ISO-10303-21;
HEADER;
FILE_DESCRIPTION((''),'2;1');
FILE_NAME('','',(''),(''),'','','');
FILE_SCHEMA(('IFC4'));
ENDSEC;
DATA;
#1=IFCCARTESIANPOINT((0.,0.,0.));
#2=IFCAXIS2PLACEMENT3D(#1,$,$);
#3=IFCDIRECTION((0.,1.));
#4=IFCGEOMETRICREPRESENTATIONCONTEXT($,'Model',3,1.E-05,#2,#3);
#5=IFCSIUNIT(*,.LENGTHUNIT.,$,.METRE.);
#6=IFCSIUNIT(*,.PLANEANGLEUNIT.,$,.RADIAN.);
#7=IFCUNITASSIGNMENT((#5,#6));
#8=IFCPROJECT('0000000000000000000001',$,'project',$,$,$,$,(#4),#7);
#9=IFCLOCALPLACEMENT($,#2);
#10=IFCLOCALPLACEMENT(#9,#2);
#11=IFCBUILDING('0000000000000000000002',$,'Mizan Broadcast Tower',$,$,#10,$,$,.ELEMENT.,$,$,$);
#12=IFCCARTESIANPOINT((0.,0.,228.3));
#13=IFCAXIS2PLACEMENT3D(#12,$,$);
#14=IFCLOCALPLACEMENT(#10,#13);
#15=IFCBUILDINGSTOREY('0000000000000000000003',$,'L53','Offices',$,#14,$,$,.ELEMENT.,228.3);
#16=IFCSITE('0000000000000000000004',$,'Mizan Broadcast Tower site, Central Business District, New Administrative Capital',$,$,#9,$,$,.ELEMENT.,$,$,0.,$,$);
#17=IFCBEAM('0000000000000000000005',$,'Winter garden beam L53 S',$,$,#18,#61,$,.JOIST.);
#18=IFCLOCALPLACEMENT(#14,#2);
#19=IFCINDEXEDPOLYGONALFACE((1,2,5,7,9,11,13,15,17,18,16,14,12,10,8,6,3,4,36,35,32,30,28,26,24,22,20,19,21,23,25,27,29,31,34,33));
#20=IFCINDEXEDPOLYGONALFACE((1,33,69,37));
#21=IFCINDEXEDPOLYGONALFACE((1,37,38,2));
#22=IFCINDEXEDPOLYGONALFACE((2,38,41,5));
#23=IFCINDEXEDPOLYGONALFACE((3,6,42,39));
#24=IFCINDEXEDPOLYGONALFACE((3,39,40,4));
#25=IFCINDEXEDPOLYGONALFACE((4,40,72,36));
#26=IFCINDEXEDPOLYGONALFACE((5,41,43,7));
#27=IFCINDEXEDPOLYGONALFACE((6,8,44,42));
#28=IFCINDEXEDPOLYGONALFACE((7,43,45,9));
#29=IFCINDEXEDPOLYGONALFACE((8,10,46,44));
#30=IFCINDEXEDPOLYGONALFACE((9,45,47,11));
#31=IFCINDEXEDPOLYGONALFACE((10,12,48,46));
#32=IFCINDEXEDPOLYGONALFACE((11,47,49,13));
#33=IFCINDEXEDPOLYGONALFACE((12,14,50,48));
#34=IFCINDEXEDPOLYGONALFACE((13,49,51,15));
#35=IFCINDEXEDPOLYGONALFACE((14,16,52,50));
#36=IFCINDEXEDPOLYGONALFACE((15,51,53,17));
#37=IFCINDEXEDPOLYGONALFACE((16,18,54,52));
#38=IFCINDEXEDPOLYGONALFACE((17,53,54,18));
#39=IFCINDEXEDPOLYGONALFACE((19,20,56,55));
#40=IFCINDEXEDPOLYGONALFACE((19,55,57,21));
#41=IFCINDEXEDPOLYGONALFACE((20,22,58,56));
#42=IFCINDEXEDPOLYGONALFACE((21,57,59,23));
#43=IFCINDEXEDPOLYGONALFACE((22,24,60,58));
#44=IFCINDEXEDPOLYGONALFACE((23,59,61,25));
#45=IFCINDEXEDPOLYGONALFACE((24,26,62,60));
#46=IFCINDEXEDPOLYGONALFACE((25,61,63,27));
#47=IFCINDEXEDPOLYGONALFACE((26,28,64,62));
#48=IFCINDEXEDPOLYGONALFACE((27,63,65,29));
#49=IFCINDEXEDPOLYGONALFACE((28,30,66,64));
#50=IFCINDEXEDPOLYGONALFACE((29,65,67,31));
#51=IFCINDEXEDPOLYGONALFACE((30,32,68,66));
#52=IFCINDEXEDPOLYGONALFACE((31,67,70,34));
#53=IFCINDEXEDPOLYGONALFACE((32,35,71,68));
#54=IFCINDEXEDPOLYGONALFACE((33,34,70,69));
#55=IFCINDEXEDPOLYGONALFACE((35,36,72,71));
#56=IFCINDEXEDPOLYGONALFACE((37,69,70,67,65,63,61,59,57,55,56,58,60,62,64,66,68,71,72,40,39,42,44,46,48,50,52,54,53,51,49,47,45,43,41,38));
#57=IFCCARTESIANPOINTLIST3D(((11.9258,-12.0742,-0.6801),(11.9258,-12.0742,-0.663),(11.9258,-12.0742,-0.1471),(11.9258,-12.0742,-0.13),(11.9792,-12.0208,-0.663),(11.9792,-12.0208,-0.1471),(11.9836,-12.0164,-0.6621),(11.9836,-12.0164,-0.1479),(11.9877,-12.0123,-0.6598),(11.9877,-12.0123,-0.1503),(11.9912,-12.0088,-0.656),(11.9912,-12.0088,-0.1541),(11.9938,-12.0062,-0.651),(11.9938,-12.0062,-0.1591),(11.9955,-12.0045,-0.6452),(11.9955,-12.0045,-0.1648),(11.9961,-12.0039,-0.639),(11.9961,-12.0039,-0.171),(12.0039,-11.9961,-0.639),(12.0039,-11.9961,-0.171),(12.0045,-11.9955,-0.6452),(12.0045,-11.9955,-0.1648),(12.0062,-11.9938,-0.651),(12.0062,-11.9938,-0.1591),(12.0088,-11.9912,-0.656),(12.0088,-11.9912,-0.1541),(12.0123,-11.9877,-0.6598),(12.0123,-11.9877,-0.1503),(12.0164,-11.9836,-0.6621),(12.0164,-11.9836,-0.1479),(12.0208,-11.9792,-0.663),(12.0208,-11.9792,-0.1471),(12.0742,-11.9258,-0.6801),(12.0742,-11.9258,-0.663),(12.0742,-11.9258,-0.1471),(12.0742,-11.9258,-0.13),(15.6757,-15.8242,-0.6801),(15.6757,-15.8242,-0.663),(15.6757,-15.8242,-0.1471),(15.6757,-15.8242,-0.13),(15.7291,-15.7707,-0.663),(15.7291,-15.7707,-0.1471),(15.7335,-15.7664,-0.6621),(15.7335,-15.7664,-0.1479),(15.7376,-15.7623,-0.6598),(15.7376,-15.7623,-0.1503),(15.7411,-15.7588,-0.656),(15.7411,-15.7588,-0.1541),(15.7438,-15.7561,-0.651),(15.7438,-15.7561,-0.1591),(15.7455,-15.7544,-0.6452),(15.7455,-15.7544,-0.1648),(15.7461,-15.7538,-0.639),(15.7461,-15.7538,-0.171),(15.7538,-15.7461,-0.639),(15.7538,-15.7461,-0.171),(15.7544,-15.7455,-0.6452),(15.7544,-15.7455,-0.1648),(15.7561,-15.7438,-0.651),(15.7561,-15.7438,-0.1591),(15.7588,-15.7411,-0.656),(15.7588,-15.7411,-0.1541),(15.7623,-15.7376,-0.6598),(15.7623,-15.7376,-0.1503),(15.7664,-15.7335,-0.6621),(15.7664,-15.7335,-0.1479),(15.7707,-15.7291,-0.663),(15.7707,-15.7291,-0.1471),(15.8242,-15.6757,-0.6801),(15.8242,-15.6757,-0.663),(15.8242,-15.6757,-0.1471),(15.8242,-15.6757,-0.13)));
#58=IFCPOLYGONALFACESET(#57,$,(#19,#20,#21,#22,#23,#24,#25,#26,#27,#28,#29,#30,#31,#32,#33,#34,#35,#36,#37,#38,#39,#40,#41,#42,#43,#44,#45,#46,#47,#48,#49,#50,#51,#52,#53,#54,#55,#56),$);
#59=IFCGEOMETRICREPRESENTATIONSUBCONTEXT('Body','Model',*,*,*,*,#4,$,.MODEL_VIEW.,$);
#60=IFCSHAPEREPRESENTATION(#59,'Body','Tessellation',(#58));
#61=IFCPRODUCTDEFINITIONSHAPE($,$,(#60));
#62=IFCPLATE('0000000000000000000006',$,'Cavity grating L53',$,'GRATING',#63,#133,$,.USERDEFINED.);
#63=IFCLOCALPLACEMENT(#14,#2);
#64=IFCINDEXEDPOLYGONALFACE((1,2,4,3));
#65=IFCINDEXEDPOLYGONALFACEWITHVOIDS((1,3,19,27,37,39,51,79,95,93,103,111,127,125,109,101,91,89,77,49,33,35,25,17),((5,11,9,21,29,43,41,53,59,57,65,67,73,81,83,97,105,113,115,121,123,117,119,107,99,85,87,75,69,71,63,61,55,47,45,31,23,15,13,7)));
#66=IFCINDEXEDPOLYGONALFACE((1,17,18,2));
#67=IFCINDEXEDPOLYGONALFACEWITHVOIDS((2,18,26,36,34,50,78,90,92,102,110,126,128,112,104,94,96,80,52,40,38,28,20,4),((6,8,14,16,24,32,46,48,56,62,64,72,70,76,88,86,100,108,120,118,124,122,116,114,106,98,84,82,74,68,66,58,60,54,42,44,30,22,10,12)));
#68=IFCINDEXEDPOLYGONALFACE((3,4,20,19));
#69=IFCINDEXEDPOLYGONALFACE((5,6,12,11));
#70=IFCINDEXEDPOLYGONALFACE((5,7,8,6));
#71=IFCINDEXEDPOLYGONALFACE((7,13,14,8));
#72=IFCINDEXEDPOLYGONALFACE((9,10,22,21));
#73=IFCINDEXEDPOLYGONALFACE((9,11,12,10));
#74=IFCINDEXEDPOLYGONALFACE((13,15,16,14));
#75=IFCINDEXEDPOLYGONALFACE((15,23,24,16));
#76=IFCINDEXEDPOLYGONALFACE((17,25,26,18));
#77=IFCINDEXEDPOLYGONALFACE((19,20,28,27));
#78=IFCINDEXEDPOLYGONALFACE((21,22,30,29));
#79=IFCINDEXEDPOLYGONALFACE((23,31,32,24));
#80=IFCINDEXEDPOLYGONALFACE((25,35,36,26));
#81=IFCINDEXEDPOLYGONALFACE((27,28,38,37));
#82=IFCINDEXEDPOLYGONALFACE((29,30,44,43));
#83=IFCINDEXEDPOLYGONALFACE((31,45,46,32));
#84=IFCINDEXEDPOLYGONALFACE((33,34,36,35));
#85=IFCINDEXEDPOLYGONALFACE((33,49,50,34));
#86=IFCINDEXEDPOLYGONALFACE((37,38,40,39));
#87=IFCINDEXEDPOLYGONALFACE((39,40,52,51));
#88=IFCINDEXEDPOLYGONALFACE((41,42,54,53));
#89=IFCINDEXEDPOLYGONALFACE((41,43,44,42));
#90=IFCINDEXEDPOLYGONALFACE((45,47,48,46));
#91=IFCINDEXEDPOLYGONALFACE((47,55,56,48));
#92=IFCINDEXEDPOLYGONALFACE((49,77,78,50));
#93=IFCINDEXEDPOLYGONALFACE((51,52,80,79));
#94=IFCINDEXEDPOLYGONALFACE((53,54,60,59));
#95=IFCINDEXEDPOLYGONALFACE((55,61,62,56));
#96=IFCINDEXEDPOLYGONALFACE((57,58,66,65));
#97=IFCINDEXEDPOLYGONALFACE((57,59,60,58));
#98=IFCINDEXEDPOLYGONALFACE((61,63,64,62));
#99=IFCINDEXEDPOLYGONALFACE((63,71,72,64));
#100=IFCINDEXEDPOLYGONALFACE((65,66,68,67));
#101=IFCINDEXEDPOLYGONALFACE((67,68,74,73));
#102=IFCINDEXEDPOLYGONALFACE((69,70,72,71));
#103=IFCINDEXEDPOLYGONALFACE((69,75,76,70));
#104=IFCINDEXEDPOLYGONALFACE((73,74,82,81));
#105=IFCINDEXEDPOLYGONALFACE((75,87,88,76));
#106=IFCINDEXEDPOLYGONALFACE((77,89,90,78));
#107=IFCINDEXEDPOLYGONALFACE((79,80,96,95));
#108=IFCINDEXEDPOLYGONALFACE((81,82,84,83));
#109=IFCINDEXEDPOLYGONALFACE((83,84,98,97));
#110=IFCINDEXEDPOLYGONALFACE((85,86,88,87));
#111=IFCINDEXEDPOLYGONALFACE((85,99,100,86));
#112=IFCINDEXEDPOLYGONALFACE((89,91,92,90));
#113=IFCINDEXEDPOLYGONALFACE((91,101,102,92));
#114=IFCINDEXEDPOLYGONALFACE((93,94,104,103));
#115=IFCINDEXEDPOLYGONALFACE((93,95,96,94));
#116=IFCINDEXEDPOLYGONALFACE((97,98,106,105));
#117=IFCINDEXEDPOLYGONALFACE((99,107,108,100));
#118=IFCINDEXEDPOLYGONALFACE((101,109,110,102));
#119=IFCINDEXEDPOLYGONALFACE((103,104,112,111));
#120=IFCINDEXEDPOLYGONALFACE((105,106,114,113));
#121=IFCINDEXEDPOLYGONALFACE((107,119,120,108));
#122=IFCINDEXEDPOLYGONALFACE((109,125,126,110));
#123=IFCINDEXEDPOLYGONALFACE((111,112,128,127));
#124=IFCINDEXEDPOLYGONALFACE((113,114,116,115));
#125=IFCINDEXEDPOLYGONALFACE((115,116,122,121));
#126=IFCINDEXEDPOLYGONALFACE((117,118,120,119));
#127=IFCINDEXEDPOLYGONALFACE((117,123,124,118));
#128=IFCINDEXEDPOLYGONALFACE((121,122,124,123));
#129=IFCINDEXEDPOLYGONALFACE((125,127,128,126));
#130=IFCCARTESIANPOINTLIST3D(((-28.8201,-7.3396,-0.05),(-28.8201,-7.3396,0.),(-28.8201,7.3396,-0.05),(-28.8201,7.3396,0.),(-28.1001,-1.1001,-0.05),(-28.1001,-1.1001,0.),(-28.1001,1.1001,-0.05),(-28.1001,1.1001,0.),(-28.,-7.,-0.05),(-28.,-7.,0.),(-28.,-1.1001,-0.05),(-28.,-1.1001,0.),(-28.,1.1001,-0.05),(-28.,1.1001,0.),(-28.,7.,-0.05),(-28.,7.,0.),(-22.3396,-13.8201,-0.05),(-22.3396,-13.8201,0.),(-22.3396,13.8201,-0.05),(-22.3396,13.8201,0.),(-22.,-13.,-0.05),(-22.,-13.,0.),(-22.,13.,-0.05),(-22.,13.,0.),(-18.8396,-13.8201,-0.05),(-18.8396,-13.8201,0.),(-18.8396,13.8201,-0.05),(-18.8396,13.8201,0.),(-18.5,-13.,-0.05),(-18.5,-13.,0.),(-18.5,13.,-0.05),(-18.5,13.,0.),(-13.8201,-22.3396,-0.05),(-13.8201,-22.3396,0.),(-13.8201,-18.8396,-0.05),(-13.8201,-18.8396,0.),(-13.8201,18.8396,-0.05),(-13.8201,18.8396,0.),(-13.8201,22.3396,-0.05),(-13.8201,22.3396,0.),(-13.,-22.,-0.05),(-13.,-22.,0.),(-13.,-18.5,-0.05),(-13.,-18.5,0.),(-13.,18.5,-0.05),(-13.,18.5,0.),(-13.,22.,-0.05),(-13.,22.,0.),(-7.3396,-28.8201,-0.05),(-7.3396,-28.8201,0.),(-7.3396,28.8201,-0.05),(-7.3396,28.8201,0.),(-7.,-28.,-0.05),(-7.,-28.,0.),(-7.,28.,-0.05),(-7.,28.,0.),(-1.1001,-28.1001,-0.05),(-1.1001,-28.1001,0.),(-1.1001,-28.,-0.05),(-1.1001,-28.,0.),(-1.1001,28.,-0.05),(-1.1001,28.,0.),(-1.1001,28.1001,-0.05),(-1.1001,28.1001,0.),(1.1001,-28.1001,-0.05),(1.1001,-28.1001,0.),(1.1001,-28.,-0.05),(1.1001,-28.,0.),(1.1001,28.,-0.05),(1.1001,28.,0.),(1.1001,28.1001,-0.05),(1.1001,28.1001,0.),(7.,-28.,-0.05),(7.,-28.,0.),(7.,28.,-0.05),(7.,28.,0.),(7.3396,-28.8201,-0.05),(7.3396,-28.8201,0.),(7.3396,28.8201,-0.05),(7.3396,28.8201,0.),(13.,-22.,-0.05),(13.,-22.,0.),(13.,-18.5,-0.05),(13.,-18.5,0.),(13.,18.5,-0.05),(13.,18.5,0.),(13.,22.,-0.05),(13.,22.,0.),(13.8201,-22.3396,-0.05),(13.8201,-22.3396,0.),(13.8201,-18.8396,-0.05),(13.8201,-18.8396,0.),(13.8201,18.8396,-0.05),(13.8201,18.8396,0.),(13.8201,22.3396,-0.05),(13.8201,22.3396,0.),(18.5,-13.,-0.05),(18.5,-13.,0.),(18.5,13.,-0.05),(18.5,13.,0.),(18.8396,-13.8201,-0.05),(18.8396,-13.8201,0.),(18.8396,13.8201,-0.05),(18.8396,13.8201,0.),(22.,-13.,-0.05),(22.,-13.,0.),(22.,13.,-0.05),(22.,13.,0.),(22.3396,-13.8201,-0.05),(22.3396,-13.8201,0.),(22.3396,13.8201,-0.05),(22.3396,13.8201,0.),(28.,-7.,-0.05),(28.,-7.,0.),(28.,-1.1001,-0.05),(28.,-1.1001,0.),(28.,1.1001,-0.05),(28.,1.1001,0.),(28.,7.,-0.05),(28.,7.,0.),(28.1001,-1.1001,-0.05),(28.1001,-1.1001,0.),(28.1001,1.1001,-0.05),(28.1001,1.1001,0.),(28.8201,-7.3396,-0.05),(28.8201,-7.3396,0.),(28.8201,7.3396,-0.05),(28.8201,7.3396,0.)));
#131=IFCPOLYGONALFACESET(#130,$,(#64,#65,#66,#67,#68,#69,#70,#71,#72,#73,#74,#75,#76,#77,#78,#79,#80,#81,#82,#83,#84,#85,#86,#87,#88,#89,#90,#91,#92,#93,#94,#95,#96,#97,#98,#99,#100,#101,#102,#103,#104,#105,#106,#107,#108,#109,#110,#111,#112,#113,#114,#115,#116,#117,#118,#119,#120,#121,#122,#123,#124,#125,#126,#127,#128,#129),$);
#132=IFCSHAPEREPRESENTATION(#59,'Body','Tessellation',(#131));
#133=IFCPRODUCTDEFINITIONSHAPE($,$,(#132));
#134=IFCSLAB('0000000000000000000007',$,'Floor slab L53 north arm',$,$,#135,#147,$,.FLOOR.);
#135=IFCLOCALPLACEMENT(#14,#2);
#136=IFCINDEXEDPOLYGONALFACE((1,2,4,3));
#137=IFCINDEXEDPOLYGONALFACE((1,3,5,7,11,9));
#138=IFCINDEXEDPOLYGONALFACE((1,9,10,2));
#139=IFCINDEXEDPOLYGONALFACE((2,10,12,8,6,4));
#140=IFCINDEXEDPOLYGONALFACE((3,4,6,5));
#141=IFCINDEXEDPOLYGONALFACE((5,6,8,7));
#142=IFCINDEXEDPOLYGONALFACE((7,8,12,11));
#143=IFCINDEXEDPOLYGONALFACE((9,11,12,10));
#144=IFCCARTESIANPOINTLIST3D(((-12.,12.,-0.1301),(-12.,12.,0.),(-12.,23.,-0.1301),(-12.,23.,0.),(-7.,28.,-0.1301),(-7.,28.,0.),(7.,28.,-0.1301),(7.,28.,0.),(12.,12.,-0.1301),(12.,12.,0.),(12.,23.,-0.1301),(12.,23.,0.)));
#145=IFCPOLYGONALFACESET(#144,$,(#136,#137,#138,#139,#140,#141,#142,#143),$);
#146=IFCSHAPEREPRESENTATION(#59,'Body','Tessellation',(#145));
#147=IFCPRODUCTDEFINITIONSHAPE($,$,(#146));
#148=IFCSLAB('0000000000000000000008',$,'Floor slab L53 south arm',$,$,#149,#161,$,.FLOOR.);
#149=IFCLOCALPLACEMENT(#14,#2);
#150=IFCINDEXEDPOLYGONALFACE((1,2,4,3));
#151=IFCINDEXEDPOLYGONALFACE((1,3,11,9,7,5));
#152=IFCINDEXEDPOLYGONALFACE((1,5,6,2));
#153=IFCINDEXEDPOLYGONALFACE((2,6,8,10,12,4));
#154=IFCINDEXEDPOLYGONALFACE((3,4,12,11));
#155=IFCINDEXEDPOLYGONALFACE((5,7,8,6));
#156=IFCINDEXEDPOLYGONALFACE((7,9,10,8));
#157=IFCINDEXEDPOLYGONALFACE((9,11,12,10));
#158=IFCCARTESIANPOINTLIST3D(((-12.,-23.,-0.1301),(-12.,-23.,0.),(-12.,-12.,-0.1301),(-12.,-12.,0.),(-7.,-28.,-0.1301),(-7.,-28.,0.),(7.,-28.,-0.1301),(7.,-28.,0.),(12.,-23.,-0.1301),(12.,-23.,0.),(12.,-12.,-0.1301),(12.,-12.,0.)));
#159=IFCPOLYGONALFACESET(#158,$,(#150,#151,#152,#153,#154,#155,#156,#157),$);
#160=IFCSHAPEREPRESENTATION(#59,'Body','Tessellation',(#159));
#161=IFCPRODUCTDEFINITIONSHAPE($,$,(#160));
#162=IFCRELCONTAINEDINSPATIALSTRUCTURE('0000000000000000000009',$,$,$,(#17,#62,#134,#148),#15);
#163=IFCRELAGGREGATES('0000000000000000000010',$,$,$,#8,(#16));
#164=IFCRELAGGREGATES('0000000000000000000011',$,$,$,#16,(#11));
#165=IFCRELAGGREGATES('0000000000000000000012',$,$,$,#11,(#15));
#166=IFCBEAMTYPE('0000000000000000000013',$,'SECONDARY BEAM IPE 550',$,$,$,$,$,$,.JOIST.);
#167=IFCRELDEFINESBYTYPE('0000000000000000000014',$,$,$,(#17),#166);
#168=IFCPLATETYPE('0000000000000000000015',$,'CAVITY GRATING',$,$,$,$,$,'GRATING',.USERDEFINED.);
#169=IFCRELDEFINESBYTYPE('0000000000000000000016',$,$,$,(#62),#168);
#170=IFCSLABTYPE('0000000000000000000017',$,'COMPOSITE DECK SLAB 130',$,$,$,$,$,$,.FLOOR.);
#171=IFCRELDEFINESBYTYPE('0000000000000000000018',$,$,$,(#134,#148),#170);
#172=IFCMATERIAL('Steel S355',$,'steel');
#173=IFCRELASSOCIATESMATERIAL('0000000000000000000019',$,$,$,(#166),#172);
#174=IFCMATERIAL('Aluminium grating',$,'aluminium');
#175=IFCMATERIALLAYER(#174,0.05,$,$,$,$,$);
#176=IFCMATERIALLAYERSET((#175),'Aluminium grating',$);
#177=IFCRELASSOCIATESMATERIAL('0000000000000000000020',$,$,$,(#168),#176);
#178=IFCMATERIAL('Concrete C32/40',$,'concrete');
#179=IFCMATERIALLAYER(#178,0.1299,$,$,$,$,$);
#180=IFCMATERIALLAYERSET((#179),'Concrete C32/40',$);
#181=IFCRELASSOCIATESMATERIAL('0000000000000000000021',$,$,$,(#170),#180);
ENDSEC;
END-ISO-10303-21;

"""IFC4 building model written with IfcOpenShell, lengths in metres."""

from ifc_helpers import new_model, si_unit, direction, frame, origin, origin_2d, place, context, subcontext, project, spatial, polyline, i_section, outline, extrude, material, layer, layer_set, material_profile, profile_set, type_object, element, save


model = new_model("IFC4")

# Units and contexts
model_context = context("Model", 3, precision=1e-05, world=origin(), true_north=direction((0.0, 1.0)))
body_context = subcontext(model_context, "Body", "Model", "MODEL_VIEW")
ifc_project = project(units=[si_unit("LENGTHUNIT", "METRE"), si_unit("PLANEANGLEUNIT", "RADIAN")], contexts=[model_context])

# Site, building, storey
site_placement = place(None, origin())
site = spatial("IfcSite", under=ifc_project, at=site_placement, Name="Mizan Broadcast Tower site, Central Business District, New Administrative Capital", CompositionType="ELEMENT", RefElevation=0.0)
building_placement = place(site_placement, origin())
building = spatial("IfcBuilding", under=site, at=building_placement, Name="Mizan Broadcast Tower", CompositionType="ELEMENT")
storey_placement = place(building_placement, frame((0.0, 0.0, 228.3)))
storey = spatial("IfcBuildingStorey", under=building, at=storey_placement, Name="L53", Description="Offices", CompositionType="ELEMENT", Elevation=228.3)

# Beam
ifc_material_1 = material(Name="Steel S355", Category="steel")
ifc_material_profile_1 = material_profile(ifc_material_1, i_section(OverallWidth=0.21, OverallDepth=0.55, WebThickness=0.011, FlangeThickness=0.0171, FilletRadius=0.0239, at=origin_2d()), Name="IPE 550")
ifc_profile_set_1 = profile_set([ifc_material_profile_1], Name="Steel S355")
beam_type_1 = type_object("IfcBeamType", Name="SECONDARY BEAM IPE 550", PredefinedType="JOIST", material=ifc_profile_set_1)
beam_1_placement = place(storey_placement, frame((12.0, -12.0, -0.405), z_axis=(0.707107, -0.707107, 0.0), x_axis=(0.707107, 0.707107, 0.0)))
element("IfcBeam", 1, at=beam_1_placement, inside=storey, type_object=beam_type_1, Name="Winter garden beam L53 S", PredefinedType="JOIST", context=body_context, shape_type="SweptSolid", body=[
    extrude(i_section(OverallWidth=0.21, OverallDepth=0.55, WebThickness=0.011, FlangeThickness=0.0171, FilletRadius=0.0239, at=origin_2d()), origin(), (0.0, 0.0, 1.0), 5.3032),
])

# Plate
ifc_material_2 = material(Name="Aluminium grating", Category="aluminium")
ifc_layer_1 = layer(ifc_material_2, 0.05)
ifc_layer_set_1 = layer_set([ifc_layer_1], Name="Aluminium grating")
plate_type = type_object("IfcPlateType", Name="CAVITY GRATING", ElementType="GRATING", PredefinedType="USERDEFINED", material=ifc_layer_set_1)
plate_placement = place(storey_placement, frame((0.0, 0.0, -0.05)))
element("IfcPlate", 2, at=plate_placement, inside=storey, type_object=plate_type, Name="Cavity grating L53", ObjectType="GRATING", PredefinedType="USERDEFINED", context=body_context, shape_type="SweptSolid", body=[
    extrude(outline(polyline([(13.8201, -18.8396), (18.8396, -13.8201), (22.3396, -13.8201), (28.8201, -7.3396), (28.8201, 7.3396), (22.3396, 13.8201), (18.8396, 13.8201), (13.8201, 18.8396), (13.8201, 22.3396), (7.3396, 28.8201), (-7.3396, 28.8201), (-13.8201, 22.3396), (-13.8201, 18.8396), (-18.8396, 13.8201), (-22.3396, 13.8201), (-28.8201, 7.3396), (-28.8201, -7.3396), (-22.3396, -13.8201), (-18.8396, -13.8201), (-13.8201, -18.8396), (-13.8201, -22.3396), (-7.3396, -28.8201), (7.3396, -28.8201), (13.8201, -22.3396), (13.8201, -18.8396)]), holes=[polyline([(28.0, -1.1001), (28.0, -7.0), (22.0, -13.0), (18.5, -13.0), (13.0, -18.5), (13.0, -22.0), (7.0, -28.0), (1.1001, -28.0), (1.1001, -28.1001), (-1.1001, -28.1001), (-1.1001, -28.0), (-7.0, -28.0), (-13.0, -22.0), (-13.0, -18.5), (-18.5, -13.0), (-22.0, -13.0), (-28.0, -7.0), (-28.0, -1.1001), (-28.1001, -1.1001), (-28.1001, 1.1001), (-28.0, 1.1001), (-28.0, 7.0), (-22.0, 13.0), (-18.5, 13.0), (-13.0, 18.5), (-13.0, 22.0), (-7.0, 28.0), (-1.1001, 28.0), (-1.1001, 28.1001), (1.1001, 28.1001), (1.1001, 28.0), (7.0, 28.0), (13.0, 22.0), (13.0, 18.5), (18.5, 13.0), (22.0, 13.0), (28.0, 7.0), (28.0, 1.1001), (28.1001, 1.1001), (28.1001, -1.1001), (28.0, -1.1001)])]), origin(), (0.0, 0.0, 1.0), 0.05),
])

# Slabs
ifc_material_3 = material(Name="Concrete C32/40", Category="concrete")
ifc_layer_2 = layer(ifc_material_3, 0.1299)
ifc_layer_set_2 = layer_set([ifc_layer_2], Name="Concrete C32/40")
slab_type_1 = type_object("IfcSlabType", Name="COMPOSITE DECK SLAB 130", PredefinedType="FLOOR", material=ifc_layer_set_2)
slab_1_placement = place(storey_placement, frame((0.0, 0.0, -0.1301)))
element("IfcSlab", 3, at=slab_1_placement, inside=storey, type_object=slab_type_1, Name="Floor slab L53 north arm", PredefinedType="FLOOR", context=body_context, shape_type="SweptSolid", body=[
    extrude(outline(polyline([(-7.0, 28.0), (-12.0, 23.0), (-12.0, 12.0), (12.0, 12.0), (12.0, 23.0), (7.0, 28.0), (-7.0, 28.0)])), origin(), (0.0, 0.0, 1.0), 0.1301),
])
slab_2_placement = place(storey_placement, frame((0.0, 0.0, -0.1301)))
element("IfcSlab", 4, at=slab_2_placement, inside=storey, type_object=slab_type_1, Name="Floor slab L53 south arm", PredefinedType="FLOOR", context=body_context, shape_type="SweptSolid", body=[
    extrude(outline(polyline([(7.0, -28.0), (12.0, -23.0), (12.0, -12.0), (-12.0, -12.0), (-12.0, -23.0), (-7.0, -28.0), (7.0, -28.0)])), origin(), (0.0, 0.0, 1.0), 0.1301),
])

save(model, "model.ifc")
